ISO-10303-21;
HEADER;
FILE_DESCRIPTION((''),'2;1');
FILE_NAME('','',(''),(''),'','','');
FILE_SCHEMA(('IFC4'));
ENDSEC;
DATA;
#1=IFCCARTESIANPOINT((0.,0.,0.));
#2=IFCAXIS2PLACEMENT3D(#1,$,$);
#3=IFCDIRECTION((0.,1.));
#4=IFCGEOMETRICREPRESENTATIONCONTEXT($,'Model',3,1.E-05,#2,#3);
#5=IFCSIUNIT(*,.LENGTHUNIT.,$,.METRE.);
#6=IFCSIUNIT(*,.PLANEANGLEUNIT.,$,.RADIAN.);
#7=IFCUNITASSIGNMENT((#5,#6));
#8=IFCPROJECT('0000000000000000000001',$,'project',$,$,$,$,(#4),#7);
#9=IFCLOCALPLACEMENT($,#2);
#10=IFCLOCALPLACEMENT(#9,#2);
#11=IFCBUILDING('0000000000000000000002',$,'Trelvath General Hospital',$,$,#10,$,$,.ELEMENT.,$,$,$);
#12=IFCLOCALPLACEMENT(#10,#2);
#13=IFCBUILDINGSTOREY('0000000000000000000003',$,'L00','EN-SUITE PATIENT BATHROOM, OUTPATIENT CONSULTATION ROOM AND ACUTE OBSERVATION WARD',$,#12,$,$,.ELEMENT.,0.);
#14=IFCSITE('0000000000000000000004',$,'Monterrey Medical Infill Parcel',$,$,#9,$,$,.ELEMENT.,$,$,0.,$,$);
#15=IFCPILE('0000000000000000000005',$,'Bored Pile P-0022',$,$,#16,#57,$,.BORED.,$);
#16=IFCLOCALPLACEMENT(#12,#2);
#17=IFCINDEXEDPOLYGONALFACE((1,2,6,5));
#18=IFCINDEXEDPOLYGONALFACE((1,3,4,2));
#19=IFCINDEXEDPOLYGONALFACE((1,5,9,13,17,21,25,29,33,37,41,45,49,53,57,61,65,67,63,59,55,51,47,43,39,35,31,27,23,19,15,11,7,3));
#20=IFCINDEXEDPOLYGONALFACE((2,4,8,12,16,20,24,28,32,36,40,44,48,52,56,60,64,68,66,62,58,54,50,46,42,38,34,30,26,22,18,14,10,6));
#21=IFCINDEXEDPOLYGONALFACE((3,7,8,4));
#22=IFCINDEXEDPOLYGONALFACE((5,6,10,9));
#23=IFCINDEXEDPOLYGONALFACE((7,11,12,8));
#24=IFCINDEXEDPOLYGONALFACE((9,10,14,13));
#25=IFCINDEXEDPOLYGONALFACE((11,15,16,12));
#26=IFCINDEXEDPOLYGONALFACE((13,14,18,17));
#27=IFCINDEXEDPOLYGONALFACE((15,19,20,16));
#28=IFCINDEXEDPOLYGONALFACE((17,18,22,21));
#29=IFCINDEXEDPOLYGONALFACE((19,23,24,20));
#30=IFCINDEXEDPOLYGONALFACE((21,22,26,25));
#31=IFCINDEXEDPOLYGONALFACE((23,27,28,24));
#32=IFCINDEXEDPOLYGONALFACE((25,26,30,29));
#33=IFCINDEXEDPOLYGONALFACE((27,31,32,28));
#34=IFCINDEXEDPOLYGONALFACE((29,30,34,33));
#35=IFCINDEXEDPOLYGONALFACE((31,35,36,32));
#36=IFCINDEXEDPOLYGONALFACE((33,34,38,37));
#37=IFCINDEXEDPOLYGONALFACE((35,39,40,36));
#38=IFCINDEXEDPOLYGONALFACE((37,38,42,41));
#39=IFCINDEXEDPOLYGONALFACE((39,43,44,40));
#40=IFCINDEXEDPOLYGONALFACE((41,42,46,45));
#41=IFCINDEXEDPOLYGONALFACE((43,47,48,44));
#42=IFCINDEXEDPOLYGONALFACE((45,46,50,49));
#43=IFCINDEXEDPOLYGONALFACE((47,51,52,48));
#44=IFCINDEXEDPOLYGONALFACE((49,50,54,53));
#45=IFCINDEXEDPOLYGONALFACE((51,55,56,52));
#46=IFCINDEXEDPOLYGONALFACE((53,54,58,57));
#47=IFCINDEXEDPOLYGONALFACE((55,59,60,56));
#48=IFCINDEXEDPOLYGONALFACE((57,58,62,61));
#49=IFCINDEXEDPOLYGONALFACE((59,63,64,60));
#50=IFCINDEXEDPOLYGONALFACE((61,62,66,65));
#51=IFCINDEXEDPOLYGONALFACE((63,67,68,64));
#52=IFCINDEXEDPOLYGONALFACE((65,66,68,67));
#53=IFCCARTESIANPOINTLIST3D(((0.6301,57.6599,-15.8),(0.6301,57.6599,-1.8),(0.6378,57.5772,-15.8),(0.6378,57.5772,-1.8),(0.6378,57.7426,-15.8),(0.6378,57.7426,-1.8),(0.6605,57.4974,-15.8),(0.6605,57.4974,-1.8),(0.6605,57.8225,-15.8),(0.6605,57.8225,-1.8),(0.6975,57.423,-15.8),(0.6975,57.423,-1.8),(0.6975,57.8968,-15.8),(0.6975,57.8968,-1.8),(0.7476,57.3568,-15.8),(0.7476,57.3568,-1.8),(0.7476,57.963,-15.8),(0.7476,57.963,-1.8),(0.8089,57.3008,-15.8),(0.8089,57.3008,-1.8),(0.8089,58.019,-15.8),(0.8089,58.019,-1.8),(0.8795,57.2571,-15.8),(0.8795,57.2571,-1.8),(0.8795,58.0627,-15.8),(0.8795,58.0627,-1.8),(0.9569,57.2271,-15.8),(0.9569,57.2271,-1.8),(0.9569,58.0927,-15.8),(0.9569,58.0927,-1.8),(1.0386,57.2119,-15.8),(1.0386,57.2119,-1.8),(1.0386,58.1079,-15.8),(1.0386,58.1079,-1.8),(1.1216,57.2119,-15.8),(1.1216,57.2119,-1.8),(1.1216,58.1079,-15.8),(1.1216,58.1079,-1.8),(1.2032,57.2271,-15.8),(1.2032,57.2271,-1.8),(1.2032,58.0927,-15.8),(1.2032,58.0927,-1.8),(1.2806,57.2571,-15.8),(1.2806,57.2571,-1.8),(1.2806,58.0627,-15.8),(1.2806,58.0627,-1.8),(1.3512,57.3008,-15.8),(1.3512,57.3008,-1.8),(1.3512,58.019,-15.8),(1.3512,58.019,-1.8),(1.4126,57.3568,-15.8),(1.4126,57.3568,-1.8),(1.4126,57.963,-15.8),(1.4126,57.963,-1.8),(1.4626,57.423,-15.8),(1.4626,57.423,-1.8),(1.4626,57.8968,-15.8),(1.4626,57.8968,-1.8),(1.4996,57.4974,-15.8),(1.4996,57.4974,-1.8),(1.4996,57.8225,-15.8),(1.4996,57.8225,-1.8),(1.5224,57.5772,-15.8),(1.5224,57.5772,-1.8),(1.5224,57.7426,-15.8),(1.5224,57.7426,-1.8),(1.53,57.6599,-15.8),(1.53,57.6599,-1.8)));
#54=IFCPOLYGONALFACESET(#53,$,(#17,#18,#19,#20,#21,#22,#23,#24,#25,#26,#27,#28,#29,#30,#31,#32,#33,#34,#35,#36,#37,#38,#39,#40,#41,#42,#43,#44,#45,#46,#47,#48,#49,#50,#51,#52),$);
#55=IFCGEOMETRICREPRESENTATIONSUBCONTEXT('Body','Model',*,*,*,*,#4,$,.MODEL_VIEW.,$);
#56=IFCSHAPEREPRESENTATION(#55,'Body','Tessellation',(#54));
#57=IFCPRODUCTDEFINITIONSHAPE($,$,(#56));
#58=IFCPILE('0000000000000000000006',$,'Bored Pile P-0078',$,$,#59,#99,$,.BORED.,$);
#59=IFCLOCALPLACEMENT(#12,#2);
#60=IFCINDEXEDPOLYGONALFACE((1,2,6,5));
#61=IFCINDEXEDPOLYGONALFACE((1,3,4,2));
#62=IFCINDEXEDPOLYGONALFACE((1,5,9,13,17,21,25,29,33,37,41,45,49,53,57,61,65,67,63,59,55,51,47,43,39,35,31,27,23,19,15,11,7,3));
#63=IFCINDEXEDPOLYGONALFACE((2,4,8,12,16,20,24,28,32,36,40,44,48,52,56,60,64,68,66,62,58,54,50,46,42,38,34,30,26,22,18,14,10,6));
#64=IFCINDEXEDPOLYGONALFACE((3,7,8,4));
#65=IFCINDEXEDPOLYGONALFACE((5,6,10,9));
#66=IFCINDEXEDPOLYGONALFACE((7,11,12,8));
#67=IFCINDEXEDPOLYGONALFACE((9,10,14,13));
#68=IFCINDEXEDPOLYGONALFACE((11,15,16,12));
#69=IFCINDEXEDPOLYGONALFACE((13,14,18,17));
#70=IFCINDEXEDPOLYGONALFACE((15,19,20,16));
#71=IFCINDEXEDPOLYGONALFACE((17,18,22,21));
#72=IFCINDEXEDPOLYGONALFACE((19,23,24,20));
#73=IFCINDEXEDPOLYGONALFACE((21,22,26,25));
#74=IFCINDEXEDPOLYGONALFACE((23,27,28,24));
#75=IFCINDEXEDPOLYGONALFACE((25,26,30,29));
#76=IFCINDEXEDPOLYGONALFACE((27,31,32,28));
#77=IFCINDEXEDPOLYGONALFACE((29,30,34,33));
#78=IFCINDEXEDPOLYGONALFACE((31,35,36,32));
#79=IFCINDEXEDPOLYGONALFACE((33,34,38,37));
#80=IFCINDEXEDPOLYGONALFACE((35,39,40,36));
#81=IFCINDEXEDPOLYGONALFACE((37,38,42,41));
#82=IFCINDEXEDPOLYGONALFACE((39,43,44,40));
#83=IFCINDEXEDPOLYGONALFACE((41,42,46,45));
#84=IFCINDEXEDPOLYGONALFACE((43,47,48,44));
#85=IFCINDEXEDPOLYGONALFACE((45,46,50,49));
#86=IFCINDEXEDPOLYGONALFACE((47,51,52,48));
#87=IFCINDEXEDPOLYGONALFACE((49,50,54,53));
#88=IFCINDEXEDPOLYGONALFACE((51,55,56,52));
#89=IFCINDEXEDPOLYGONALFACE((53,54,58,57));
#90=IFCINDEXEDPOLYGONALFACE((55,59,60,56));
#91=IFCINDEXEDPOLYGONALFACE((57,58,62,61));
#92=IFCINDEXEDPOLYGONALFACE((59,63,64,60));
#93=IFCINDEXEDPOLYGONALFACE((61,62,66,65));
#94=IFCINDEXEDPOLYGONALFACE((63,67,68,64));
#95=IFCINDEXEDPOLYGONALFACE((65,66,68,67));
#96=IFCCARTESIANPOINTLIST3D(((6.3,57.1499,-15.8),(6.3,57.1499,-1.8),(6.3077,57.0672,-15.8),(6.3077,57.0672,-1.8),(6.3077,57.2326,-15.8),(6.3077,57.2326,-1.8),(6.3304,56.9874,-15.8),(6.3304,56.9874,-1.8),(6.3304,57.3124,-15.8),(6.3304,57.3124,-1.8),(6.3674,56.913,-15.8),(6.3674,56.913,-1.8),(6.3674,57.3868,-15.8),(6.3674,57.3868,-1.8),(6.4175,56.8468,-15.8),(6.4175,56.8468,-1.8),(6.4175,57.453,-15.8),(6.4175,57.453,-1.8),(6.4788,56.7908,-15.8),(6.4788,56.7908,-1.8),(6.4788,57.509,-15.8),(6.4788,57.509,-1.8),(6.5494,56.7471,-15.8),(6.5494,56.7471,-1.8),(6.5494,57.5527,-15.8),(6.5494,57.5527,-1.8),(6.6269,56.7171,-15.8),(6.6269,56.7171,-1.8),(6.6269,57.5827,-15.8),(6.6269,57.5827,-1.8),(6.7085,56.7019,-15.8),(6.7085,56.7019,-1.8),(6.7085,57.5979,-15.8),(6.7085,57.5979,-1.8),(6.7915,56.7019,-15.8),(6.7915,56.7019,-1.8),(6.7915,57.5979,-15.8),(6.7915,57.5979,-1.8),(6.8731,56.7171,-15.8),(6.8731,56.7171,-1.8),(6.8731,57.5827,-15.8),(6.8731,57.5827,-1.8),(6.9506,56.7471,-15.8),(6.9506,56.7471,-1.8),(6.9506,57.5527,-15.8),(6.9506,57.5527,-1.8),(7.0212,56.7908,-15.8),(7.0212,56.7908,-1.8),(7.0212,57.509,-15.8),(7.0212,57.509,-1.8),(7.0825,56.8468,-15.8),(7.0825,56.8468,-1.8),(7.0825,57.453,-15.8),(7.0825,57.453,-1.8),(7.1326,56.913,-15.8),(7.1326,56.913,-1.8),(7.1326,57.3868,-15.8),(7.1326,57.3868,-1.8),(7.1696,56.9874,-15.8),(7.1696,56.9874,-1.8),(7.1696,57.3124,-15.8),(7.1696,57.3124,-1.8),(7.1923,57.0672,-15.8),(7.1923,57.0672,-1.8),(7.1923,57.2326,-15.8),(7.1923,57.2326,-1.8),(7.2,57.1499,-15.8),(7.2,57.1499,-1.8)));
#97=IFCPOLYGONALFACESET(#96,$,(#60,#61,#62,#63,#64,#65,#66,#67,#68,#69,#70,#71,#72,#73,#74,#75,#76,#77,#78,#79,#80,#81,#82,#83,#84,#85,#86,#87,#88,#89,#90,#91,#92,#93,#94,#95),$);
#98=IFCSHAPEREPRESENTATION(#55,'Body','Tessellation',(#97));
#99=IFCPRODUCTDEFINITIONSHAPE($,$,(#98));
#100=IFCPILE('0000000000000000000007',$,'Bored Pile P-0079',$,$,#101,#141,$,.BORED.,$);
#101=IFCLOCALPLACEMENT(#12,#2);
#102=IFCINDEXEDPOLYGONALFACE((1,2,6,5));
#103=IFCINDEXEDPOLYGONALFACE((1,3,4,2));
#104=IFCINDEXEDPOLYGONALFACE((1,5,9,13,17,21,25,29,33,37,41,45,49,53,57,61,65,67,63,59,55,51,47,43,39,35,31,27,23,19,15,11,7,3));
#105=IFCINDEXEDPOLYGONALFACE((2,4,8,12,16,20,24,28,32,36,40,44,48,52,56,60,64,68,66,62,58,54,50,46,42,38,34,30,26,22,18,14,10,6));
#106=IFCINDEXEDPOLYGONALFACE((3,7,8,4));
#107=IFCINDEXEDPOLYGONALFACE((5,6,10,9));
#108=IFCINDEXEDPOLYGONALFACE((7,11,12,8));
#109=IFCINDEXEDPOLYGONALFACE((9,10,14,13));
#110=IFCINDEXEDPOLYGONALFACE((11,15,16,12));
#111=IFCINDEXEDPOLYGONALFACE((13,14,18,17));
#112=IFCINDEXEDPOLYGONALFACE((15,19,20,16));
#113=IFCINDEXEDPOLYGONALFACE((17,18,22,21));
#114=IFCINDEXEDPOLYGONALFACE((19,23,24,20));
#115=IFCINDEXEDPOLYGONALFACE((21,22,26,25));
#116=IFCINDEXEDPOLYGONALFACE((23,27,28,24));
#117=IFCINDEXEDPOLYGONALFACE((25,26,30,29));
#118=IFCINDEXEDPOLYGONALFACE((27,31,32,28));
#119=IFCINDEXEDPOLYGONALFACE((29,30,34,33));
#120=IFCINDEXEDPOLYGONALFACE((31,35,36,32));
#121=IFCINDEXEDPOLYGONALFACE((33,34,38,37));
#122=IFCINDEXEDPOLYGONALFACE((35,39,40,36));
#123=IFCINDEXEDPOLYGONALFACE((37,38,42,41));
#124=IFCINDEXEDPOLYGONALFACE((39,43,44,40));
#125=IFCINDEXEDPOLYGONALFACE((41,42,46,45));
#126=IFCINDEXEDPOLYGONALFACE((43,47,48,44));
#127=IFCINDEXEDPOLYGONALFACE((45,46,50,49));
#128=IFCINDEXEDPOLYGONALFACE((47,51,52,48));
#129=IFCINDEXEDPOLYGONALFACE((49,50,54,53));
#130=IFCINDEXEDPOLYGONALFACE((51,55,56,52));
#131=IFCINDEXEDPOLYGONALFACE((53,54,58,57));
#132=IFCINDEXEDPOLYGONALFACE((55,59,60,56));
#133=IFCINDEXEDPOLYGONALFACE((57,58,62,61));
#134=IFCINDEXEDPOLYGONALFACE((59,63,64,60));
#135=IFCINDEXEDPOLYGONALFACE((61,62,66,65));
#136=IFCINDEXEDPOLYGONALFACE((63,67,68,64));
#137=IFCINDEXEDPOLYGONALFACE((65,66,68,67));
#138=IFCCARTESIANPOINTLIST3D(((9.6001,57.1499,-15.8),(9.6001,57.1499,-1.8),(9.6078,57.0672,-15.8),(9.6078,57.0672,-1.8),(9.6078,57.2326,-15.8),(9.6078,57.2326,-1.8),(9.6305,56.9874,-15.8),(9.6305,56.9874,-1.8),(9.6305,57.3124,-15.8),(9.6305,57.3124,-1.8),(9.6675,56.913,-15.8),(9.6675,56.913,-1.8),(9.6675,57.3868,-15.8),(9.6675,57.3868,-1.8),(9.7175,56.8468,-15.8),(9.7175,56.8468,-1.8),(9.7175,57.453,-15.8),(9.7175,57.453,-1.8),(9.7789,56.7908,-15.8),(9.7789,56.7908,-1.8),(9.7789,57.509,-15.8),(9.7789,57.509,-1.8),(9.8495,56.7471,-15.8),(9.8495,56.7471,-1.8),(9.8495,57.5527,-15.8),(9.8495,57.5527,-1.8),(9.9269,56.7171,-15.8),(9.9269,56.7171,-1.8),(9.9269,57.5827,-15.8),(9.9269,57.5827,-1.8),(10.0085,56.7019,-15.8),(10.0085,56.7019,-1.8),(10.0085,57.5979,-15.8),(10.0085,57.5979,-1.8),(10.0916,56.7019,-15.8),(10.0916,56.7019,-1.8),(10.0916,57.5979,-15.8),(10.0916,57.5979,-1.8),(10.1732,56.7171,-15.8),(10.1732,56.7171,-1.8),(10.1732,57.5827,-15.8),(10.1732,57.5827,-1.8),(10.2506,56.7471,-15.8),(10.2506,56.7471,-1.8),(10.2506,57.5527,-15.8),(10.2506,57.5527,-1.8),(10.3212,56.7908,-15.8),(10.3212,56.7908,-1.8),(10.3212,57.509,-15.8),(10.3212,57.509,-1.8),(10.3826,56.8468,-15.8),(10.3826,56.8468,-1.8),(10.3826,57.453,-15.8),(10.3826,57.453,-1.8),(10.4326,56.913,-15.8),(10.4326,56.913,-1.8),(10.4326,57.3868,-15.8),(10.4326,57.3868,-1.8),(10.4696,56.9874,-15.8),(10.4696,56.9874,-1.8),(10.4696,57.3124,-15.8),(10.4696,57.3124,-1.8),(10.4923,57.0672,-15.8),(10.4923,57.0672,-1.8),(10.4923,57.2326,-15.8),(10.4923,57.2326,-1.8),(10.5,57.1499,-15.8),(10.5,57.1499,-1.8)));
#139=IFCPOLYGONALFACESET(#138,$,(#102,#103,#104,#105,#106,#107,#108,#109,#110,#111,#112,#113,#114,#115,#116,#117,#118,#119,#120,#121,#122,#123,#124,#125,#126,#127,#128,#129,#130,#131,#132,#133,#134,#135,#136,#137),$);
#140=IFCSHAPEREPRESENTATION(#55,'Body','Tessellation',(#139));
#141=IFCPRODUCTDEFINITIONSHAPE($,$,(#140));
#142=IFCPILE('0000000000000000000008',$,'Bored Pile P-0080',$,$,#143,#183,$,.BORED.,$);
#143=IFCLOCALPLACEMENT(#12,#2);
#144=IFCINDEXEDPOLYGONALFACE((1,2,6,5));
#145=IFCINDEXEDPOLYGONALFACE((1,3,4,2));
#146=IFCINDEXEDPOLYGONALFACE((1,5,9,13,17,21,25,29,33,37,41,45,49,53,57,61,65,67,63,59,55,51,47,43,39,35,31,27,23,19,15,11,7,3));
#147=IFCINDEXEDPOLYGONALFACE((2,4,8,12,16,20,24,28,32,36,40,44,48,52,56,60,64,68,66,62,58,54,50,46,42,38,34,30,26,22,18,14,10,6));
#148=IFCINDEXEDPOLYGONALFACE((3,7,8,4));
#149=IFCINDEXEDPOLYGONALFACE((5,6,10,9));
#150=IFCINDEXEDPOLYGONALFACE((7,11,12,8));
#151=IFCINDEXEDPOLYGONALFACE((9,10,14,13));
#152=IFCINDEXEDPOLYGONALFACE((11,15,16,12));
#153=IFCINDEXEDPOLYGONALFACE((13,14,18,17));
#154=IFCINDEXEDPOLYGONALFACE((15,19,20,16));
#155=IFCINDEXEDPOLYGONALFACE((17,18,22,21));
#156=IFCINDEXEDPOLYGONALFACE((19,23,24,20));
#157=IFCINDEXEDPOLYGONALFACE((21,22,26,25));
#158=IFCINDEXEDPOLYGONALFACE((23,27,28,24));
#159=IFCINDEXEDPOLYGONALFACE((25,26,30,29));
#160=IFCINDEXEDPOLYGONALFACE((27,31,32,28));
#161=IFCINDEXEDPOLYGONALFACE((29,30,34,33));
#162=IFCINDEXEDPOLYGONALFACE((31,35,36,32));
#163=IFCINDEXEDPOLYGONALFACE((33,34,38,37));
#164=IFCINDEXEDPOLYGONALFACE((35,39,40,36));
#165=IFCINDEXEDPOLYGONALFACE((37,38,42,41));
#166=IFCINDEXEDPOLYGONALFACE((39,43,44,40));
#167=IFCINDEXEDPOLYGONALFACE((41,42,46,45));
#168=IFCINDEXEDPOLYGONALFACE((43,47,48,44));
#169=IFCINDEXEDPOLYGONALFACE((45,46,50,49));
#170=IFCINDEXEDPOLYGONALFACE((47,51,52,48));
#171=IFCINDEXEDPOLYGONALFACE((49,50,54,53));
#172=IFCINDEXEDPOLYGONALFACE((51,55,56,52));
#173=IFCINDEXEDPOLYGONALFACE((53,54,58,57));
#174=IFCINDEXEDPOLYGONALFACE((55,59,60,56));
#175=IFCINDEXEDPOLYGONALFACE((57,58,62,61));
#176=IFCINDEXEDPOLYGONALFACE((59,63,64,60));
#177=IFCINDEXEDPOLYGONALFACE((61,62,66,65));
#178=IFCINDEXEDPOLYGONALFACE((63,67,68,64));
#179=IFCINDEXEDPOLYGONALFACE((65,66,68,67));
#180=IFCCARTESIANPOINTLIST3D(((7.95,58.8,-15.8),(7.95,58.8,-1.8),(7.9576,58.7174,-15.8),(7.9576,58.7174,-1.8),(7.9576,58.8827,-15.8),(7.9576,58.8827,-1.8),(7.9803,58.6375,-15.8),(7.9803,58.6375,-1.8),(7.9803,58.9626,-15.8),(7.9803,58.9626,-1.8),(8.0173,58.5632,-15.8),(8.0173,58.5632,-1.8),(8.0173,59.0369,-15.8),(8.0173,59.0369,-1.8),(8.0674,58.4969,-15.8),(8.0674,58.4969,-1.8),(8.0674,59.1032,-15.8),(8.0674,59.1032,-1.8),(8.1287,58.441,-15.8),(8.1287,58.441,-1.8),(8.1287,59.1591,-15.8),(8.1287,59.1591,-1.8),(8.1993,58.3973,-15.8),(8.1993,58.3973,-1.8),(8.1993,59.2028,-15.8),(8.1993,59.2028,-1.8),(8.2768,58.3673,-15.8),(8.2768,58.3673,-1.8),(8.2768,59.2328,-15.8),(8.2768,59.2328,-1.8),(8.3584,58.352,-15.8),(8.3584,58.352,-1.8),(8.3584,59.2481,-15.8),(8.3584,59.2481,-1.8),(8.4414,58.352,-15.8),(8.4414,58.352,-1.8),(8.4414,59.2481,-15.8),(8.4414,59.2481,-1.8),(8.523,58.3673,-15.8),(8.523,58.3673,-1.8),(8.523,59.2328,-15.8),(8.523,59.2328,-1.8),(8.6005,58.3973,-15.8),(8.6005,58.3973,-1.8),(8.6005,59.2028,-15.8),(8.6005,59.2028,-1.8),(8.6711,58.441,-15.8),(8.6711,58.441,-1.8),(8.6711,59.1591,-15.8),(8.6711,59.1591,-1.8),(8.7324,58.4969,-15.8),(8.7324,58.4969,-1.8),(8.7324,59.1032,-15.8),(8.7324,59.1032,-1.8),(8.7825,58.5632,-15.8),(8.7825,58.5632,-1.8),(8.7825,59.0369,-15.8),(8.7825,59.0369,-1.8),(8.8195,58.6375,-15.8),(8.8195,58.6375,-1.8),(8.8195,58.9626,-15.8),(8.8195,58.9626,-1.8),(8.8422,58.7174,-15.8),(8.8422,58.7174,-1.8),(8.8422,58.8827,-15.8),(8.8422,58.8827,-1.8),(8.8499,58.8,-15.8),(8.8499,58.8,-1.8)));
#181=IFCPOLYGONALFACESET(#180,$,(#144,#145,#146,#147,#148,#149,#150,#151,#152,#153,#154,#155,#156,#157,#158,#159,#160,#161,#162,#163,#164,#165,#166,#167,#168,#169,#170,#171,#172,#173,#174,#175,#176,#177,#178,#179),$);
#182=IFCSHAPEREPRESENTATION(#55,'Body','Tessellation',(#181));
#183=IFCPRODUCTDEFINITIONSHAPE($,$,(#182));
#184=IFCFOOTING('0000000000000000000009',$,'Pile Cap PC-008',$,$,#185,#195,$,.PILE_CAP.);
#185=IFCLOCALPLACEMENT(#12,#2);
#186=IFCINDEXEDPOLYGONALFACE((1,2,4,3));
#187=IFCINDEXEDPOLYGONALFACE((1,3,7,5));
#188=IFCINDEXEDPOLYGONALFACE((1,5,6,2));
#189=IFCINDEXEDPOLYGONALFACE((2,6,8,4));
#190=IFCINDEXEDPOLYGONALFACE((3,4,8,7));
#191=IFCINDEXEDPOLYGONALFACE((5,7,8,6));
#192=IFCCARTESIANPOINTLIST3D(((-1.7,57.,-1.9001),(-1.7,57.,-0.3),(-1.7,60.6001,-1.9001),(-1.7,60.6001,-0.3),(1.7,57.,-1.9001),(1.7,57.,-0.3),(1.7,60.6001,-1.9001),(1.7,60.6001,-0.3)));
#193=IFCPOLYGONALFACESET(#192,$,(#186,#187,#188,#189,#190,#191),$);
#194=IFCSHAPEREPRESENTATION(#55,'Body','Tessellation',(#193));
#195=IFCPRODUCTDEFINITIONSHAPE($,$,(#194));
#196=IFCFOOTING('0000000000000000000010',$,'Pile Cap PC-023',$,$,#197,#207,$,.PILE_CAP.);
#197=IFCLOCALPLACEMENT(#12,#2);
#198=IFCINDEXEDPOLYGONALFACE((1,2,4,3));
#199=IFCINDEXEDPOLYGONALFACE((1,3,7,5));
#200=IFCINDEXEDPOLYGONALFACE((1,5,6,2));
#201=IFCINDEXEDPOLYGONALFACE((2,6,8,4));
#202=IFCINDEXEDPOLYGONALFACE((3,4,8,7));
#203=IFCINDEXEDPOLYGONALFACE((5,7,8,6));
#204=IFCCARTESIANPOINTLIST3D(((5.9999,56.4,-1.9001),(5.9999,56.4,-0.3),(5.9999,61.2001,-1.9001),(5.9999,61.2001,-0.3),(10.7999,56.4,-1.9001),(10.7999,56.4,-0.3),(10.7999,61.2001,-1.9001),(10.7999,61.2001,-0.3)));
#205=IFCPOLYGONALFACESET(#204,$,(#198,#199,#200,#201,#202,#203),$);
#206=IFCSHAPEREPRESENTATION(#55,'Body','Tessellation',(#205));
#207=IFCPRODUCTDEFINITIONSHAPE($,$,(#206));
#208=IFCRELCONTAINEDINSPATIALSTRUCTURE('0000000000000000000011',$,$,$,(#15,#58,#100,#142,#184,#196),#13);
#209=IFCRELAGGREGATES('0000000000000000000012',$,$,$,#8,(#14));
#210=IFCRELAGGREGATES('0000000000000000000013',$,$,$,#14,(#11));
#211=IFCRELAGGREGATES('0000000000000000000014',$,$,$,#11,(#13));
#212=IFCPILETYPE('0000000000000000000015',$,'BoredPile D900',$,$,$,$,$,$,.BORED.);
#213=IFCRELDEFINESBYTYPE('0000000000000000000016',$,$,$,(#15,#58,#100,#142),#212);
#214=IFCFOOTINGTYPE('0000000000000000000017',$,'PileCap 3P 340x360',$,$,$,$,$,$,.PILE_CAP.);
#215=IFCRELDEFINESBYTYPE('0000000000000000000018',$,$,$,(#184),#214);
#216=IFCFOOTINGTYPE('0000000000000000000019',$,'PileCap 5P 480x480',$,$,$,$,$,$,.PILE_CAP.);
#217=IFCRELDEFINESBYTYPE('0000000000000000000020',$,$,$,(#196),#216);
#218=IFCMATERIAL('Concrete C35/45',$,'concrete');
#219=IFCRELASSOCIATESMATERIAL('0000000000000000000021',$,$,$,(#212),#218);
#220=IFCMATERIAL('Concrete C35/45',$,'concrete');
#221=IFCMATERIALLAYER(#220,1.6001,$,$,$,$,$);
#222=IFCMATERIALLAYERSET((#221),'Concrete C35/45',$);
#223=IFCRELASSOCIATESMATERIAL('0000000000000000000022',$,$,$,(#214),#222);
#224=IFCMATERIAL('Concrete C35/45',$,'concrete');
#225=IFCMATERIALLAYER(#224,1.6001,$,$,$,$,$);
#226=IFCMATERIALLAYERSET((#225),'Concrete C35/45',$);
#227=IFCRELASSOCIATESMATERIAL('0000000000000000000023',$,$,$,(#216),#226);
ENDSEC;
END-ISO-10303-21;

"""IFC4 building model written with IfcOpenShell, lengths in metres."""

from ifc_helpers import new_model, si_unit, direction, frame, origin, origin_2d, place, context, subcontext, project, spatial, rectangle, circle, extrude, material, layer, layer_set, material_profile, profile_set, type_object, element, save


model = new_model("IFC4")

# Units and contexts
model_context = context("Model", 3, precision=1e-05, world=origin(), true_north=direction((0.0, 1.0)))
body_context = subcontext(model_context, "Body", "Model", "MODEL_VIEW")
ifc_project = project(units=[si_unit("LENGTHUNIT", "METRE"), si_unit("PLANEANGLEUNIT", "RADIAN")], contexts=[model_context])

# Site, building, storey
site_placement = place(None, origin())
site = spatial("IfcSite", under=ifc_project, at=site_placement, Name="Monterrey Medical Infill Parcel", CompositionType="ELEMENT", RefElevation=0.0)
building_placement = place(site_placement, origin())
building = spatial("IfcBuilding", under=site, at=building_placement, Name="Trelvath General Hospital", CompositionType="ELEMENT")
storey_placement = place(building_placement, origin())
storey = spatial("IfcBuildingStorey", under=building, at=storey_placement, Name="L00", Description="EN-SUITE PATIENT BATHROOM, OUTPATIENT CONSULTATION ROOM AND ACUTE OBSERVATION WARD", CompositionType="ELEMENT", Elevation=0.0)

# Piles
ifc_material_1 = material(Name="Concrete C35/45", Category="concrete")
ifc_material_profile_1 = material_profile(ifc_material_1, circle(Radius=0.45, at=origin_2d()), Name="PILE900")
ifc_profile_set_1 = profile_set([ifc_material_profile_1], Name="Concrete C35/45")
pile_type_1 = type_object("IfcPileType", Name="BoredPile D900", PredefinedType="BORED", material=ifc_profile_set_1)
for number, where, z_axis, x_axis, name in (
    (1, (1.0801, 57.6599, -1.8), (0.0, 0.0, -1.0), (1.0, 0.0, 0.0), "Bored Pile P-0022"),
    (2, (6.75, 57.1499, -1.8), (0.0, 0.0, -1.0), (1.0, 0.0, 0.0), "Bored Pile P-0078"),
    (3, (10.05, 57.1499, -1.8), (0.0, 0.0, -1.0), (1.0, 0.0, 0.0), "Bored Pile P-0079"),
    (4, (8.3999, 58.8, -1.8), (0.0, 0.0, -1.0), (1.0, 0.0, 0.0), "Bored Pile P-0080"),
):
    element("IfcPile", number, at=place(storey_placement, frame(where, z_axis=z_axis, x_axis=x_axis)), inside=storey, type_object=pile_type_1, Name=name, PredefinedType="BORED", context=body_context, shape_type="SweptSolid", body=[
        extrude(circle(Radius=0.45, at=origin_2d()), origin(), (0.0, 0.0, 1.0), 14.0),
    ])

# Footings
ifc_material_2 = material(Name="Concrete C35/45", Category="concrete")
ifc_layer_1 = layer(ifc_material_2, 1.6001)
ifc_layer_set_1 = layer_set([ifc_layer_1], Name="Concrete C35/45")
footing_type_1 = type_object("IfcFootingType", Name="PileCap 3P 340x360", PredefinedType="PILE_CAP", material=ifc_layer_set_1)
footing_1_placement = place(storey_placement, frame((0.0, 58.8, -1.9001), z_axis=(0.0, 0.0, 1.0), x_axis=(1.0, 0.0, 0.0)))
element("IfcFooting", 5, at=footing_1_placement, inside=storey, type_object=footing_type_1, Name="Pile Cap PC-008", PredefinedType="PILE_CAP", context=body_context, shape_type="SweptSolid", body=[
    extrude(rectangle(XDim=3.3999, YDim=3.6001, at=origin_2d()), origin(), (0.0, 0.0, 1.0), 1.6001),
])
ifc_material_3 = material(Name="Concrete C35/45", Category="concrete")
ifc_layer_2 = layer(ifc_material_3, 1.6001)
ifc_layer_set_2 = layer_set([ifc_layer_2], Name="Concrete C35/45")
footing_type_2 = type_object("IfcFootingType", Name="PileCap 5P 480x480", PredefinedType="PILE_CAP", material=ifc_layer_set_2)
footing_2_placement = place(storey_placement, frame((8.3999, 58.8, -1.9001), z_axis=(0.0, 0.0, 1.0), x_axis=(1.0, 0.0, 0.0)))
element("IfcFooting", 6, at=footing_2_placement, inside=storey, type_object=footing_type_2, Name="Pile Cap PC-023", PredefinedType="PILE_CAP", context=body_context, shape_type="SweptSolid", body=[
    extrude(rectangle(XDim=4.8, YDim=4.8, at=origin_2d()), origin(), (0.0, 0.0, 1.0), 1.6001),
])

save(model, "model.ifc")
